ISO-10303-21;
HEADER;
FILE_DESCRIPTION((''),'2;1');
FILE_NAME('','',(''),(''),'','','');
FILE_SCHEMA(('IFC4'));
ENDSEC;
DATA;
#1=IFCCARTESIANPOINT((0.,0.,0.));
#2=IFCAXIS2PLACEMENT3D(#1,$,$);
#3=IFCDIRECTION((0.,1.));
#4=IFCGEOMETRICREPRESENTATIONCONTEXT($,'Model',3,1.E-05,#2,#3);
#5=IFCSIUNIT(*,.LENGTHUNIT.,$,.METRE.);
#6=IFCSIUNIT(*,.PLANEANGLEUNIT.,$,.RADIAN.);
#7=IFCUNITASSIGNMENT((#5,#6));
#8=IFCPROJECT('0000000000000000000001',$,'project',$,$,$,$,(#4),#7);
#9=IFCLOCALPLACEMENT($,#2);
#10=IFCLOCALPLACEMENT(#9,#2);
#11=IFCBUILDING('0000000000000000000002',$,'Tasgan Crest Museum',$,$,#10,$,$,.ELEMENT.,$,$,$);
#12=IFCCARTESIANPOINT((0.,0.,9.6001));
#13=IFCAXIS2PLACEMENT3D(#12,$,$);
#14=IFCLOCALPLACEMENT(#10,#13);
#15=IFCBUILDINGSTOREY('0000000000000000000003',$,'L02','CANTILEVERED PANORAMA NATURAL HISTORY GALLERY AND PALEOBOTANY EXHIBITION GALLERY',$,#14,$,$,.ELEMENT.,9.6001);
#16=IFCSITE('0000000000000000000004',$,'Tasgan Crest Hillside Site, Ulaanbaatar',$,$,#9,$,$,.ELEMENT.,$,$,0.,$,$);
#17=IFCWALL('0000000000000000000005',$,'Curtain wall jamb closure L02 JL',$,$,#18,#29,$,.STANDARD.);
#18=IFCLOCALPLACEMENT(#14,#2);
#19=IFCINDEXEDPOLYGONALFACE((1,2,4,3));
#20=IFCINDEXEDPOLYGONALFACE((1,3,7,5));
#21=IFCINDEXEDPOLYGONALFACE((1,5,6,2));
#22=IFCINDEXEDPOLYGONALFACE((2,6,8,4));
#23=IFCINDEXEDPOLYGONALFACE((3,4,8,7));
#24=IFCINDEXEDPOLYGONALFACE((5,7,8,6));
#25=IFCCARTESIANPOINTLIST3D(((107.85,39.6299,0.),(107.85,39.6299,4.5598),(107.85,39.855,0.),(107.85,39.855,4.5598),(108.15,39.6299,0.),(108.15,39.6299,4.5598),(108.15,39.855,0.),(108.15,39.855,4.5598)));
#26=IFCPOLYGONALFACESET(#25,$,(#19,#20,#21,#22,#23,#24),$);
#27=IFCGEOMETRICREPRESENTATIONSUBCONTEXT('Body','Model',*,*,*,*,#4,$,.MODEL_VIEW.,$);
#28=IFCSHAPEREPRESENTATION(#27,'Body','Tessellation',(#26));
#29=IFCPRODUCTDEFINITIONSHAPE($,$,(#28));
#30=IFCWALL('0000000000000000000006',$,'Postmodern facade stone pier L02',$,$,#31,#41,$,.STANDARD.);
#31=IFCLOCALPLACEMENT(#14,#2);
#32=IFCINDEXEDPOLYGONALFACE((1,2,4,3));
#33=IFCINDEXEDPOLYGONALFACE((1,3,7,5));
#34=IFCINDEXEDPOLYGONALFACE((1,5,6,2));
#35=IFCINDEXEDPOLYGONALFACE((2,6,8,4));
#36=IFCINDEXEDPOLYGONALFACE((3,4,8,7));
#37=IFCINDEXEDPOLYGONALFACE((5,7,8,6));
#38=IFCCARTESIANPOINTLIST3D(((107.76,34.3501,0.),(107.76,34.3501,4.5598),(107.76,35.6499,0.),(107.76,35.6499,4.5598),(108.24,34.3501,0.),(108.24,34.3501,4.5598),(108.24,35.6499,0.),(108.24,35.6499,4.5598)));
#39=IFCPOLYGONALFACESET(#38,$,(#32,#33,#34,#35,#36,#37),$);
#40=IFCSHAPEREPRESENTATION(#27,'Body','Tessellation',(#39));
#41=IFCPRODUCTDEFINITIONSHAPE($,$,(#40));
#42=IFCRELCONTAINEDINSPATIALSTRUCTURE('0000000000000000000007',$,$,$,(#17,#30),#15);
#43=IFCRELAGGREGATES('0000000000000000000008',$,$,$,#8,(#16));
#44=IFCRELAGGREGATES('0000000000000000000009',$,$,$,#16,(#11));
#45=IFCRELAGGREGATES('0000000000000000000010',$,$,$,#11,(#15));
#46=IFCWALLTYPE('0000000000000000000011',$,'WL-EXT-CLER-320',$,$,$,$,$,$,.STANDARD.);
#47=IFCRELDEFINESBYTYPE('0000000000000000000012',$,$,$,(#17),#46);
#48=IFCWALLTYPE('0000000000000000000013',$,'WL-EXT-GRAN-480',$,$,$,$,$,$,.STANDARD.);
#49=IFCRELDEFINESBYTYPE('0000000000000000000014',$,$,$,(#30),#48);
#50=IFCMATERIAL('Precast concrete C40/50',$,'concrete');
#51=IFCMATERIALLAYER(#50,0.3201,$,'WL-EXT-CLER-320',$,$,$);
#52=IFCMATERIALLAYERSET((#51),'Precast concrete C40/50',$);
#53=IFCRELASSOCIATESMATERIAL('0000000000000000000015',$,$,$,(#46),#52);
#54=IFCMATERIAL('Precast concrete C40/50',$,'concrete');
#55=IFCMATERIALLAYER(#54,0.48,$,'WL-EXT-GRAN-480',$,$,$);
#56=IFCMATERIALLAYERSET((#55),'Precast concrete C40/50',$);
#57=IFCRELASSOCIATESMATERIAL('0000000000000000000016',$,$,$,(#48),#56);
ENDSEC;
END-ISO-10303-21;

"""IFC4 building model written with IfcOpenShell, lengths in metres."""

from ifc_helpers import new_model, si_unit, direction, frame, frame_2d, origin, place, context, subcontext, project, spatial, rectangle, extrude, material, layer, layer_set, type_object, element, save


model = new_model("IFC4")

# Units and contexts
model_context = context("Model", 3, precision=1e-05, world=origin(), true_north=direction((0.0, 1.0)))
body_context = subcontext(model_context, "Body", "Model", "MODEL_VIEW")
ifc_project = project(units=[si_unit("LENGTHUNIT", "METRE"), si_unit("PLANEANGLEUNIT", "RADIAN")], contexts=[model_context])

# Site, building, storey
site_placement = place(None, origin())
site = spatial("IfcSite", under=ifc_project, at=site_placement, Name="Tasgan Crest Hillside Site, Ulaanbaatar", CompositionType="ELEMENT", RefElevation=0.0)
building_placement = place(site_placement, origin())
building = spatial("IfcBuilding", under=site, at=building_placement, Name="Tasgan Crest Museum", CompositionType="ELEMENT")
storey_placement = place(building_placement, frame((0.0, 0.0, 9.6001)))
storey = spatial("IfcBuildingStorey", under=building, at=storey_placement, Name="L02", Description="CANTILEVERED PANORAMA NATURAL HISTORY GALLERY AND PALEOBOTANY EXHIBITION GALLERY", CompositionType="ELEMENT", Elevation=9.6001)

# Walls
ifc_material_1 = material(Name="Precast concrete C40/50", Category="concrete")
ifc_layer_1 = layer(ifc_material_1, 0.3201, Name="WL-EXT-CLER-320")
ifc_layer_set_1 = layer_set([ifc_layer_1], Name="Precast concrete C40/50")
wall_type_1 = type_object("IfcWallType", Name="WL-EXT-CLER-320", PredefinedType="STANDARD", material=ifc_layer_set_1)
wall_1_placement = place(storey_placement, frame((108.0, 39.855, 0.0), z_axis=(0.0, 0.0, 1.0), x_axis=(0.0, -1.0, 0.0)))
element("IfcWall", 1, at=wall_1_placement, inside=storey, type_object=wall_type_1, Name="Curtain wall jamb closure L02 JL", PredefinedType="STANDARD", context=body_context, shape_type="SweptSolid", body=[
    extrude(rectangle(XDim=0.2251, YDim=0.3, at=frame_2d((0.1125, 0.0))), origin(), (0.0, 0.0, 1.0), 4.5598),
])
ifc_material_2 = material(Name="Precast concrete C40/50", Category="concrete")
ifc_layer_2 = layer(ifc_material_2, 0.48, Name="WL-EXT-GRAN-480")
ifc_layer_set_2 = layer_set([ifc_layer_2], Name="Precast concrete C40/50")
wall_type_2 = type_object("IfcWallType", Name="WL-EXT-GRAN-480", PredefinedType="STANDARD", material=ifc_layer_set_2)
wall_2_placement = place(storey_placement, frame((108.0, 35.6499, 0.0), z_axis=(0.0, 0.0, 1.0), x_axis=(0.0, -1.0, 0.0)))
element("IfcWall", 2, at=wall_2_placement, inside=storey, type_object=wall_type_2, Name="Postmodern facade stone pier L02", PredefinedType="STANDARD", context=body_context, shape_type="SweptSolid", body=[
    extrude(rectangle(XDim=1.2998, YDim=0.48, at=frame_2d((0.6499, 0.0))), origin(), (0.0, 0.0, 1.0), 4.5598),
])

save(model, "model.ifc")
